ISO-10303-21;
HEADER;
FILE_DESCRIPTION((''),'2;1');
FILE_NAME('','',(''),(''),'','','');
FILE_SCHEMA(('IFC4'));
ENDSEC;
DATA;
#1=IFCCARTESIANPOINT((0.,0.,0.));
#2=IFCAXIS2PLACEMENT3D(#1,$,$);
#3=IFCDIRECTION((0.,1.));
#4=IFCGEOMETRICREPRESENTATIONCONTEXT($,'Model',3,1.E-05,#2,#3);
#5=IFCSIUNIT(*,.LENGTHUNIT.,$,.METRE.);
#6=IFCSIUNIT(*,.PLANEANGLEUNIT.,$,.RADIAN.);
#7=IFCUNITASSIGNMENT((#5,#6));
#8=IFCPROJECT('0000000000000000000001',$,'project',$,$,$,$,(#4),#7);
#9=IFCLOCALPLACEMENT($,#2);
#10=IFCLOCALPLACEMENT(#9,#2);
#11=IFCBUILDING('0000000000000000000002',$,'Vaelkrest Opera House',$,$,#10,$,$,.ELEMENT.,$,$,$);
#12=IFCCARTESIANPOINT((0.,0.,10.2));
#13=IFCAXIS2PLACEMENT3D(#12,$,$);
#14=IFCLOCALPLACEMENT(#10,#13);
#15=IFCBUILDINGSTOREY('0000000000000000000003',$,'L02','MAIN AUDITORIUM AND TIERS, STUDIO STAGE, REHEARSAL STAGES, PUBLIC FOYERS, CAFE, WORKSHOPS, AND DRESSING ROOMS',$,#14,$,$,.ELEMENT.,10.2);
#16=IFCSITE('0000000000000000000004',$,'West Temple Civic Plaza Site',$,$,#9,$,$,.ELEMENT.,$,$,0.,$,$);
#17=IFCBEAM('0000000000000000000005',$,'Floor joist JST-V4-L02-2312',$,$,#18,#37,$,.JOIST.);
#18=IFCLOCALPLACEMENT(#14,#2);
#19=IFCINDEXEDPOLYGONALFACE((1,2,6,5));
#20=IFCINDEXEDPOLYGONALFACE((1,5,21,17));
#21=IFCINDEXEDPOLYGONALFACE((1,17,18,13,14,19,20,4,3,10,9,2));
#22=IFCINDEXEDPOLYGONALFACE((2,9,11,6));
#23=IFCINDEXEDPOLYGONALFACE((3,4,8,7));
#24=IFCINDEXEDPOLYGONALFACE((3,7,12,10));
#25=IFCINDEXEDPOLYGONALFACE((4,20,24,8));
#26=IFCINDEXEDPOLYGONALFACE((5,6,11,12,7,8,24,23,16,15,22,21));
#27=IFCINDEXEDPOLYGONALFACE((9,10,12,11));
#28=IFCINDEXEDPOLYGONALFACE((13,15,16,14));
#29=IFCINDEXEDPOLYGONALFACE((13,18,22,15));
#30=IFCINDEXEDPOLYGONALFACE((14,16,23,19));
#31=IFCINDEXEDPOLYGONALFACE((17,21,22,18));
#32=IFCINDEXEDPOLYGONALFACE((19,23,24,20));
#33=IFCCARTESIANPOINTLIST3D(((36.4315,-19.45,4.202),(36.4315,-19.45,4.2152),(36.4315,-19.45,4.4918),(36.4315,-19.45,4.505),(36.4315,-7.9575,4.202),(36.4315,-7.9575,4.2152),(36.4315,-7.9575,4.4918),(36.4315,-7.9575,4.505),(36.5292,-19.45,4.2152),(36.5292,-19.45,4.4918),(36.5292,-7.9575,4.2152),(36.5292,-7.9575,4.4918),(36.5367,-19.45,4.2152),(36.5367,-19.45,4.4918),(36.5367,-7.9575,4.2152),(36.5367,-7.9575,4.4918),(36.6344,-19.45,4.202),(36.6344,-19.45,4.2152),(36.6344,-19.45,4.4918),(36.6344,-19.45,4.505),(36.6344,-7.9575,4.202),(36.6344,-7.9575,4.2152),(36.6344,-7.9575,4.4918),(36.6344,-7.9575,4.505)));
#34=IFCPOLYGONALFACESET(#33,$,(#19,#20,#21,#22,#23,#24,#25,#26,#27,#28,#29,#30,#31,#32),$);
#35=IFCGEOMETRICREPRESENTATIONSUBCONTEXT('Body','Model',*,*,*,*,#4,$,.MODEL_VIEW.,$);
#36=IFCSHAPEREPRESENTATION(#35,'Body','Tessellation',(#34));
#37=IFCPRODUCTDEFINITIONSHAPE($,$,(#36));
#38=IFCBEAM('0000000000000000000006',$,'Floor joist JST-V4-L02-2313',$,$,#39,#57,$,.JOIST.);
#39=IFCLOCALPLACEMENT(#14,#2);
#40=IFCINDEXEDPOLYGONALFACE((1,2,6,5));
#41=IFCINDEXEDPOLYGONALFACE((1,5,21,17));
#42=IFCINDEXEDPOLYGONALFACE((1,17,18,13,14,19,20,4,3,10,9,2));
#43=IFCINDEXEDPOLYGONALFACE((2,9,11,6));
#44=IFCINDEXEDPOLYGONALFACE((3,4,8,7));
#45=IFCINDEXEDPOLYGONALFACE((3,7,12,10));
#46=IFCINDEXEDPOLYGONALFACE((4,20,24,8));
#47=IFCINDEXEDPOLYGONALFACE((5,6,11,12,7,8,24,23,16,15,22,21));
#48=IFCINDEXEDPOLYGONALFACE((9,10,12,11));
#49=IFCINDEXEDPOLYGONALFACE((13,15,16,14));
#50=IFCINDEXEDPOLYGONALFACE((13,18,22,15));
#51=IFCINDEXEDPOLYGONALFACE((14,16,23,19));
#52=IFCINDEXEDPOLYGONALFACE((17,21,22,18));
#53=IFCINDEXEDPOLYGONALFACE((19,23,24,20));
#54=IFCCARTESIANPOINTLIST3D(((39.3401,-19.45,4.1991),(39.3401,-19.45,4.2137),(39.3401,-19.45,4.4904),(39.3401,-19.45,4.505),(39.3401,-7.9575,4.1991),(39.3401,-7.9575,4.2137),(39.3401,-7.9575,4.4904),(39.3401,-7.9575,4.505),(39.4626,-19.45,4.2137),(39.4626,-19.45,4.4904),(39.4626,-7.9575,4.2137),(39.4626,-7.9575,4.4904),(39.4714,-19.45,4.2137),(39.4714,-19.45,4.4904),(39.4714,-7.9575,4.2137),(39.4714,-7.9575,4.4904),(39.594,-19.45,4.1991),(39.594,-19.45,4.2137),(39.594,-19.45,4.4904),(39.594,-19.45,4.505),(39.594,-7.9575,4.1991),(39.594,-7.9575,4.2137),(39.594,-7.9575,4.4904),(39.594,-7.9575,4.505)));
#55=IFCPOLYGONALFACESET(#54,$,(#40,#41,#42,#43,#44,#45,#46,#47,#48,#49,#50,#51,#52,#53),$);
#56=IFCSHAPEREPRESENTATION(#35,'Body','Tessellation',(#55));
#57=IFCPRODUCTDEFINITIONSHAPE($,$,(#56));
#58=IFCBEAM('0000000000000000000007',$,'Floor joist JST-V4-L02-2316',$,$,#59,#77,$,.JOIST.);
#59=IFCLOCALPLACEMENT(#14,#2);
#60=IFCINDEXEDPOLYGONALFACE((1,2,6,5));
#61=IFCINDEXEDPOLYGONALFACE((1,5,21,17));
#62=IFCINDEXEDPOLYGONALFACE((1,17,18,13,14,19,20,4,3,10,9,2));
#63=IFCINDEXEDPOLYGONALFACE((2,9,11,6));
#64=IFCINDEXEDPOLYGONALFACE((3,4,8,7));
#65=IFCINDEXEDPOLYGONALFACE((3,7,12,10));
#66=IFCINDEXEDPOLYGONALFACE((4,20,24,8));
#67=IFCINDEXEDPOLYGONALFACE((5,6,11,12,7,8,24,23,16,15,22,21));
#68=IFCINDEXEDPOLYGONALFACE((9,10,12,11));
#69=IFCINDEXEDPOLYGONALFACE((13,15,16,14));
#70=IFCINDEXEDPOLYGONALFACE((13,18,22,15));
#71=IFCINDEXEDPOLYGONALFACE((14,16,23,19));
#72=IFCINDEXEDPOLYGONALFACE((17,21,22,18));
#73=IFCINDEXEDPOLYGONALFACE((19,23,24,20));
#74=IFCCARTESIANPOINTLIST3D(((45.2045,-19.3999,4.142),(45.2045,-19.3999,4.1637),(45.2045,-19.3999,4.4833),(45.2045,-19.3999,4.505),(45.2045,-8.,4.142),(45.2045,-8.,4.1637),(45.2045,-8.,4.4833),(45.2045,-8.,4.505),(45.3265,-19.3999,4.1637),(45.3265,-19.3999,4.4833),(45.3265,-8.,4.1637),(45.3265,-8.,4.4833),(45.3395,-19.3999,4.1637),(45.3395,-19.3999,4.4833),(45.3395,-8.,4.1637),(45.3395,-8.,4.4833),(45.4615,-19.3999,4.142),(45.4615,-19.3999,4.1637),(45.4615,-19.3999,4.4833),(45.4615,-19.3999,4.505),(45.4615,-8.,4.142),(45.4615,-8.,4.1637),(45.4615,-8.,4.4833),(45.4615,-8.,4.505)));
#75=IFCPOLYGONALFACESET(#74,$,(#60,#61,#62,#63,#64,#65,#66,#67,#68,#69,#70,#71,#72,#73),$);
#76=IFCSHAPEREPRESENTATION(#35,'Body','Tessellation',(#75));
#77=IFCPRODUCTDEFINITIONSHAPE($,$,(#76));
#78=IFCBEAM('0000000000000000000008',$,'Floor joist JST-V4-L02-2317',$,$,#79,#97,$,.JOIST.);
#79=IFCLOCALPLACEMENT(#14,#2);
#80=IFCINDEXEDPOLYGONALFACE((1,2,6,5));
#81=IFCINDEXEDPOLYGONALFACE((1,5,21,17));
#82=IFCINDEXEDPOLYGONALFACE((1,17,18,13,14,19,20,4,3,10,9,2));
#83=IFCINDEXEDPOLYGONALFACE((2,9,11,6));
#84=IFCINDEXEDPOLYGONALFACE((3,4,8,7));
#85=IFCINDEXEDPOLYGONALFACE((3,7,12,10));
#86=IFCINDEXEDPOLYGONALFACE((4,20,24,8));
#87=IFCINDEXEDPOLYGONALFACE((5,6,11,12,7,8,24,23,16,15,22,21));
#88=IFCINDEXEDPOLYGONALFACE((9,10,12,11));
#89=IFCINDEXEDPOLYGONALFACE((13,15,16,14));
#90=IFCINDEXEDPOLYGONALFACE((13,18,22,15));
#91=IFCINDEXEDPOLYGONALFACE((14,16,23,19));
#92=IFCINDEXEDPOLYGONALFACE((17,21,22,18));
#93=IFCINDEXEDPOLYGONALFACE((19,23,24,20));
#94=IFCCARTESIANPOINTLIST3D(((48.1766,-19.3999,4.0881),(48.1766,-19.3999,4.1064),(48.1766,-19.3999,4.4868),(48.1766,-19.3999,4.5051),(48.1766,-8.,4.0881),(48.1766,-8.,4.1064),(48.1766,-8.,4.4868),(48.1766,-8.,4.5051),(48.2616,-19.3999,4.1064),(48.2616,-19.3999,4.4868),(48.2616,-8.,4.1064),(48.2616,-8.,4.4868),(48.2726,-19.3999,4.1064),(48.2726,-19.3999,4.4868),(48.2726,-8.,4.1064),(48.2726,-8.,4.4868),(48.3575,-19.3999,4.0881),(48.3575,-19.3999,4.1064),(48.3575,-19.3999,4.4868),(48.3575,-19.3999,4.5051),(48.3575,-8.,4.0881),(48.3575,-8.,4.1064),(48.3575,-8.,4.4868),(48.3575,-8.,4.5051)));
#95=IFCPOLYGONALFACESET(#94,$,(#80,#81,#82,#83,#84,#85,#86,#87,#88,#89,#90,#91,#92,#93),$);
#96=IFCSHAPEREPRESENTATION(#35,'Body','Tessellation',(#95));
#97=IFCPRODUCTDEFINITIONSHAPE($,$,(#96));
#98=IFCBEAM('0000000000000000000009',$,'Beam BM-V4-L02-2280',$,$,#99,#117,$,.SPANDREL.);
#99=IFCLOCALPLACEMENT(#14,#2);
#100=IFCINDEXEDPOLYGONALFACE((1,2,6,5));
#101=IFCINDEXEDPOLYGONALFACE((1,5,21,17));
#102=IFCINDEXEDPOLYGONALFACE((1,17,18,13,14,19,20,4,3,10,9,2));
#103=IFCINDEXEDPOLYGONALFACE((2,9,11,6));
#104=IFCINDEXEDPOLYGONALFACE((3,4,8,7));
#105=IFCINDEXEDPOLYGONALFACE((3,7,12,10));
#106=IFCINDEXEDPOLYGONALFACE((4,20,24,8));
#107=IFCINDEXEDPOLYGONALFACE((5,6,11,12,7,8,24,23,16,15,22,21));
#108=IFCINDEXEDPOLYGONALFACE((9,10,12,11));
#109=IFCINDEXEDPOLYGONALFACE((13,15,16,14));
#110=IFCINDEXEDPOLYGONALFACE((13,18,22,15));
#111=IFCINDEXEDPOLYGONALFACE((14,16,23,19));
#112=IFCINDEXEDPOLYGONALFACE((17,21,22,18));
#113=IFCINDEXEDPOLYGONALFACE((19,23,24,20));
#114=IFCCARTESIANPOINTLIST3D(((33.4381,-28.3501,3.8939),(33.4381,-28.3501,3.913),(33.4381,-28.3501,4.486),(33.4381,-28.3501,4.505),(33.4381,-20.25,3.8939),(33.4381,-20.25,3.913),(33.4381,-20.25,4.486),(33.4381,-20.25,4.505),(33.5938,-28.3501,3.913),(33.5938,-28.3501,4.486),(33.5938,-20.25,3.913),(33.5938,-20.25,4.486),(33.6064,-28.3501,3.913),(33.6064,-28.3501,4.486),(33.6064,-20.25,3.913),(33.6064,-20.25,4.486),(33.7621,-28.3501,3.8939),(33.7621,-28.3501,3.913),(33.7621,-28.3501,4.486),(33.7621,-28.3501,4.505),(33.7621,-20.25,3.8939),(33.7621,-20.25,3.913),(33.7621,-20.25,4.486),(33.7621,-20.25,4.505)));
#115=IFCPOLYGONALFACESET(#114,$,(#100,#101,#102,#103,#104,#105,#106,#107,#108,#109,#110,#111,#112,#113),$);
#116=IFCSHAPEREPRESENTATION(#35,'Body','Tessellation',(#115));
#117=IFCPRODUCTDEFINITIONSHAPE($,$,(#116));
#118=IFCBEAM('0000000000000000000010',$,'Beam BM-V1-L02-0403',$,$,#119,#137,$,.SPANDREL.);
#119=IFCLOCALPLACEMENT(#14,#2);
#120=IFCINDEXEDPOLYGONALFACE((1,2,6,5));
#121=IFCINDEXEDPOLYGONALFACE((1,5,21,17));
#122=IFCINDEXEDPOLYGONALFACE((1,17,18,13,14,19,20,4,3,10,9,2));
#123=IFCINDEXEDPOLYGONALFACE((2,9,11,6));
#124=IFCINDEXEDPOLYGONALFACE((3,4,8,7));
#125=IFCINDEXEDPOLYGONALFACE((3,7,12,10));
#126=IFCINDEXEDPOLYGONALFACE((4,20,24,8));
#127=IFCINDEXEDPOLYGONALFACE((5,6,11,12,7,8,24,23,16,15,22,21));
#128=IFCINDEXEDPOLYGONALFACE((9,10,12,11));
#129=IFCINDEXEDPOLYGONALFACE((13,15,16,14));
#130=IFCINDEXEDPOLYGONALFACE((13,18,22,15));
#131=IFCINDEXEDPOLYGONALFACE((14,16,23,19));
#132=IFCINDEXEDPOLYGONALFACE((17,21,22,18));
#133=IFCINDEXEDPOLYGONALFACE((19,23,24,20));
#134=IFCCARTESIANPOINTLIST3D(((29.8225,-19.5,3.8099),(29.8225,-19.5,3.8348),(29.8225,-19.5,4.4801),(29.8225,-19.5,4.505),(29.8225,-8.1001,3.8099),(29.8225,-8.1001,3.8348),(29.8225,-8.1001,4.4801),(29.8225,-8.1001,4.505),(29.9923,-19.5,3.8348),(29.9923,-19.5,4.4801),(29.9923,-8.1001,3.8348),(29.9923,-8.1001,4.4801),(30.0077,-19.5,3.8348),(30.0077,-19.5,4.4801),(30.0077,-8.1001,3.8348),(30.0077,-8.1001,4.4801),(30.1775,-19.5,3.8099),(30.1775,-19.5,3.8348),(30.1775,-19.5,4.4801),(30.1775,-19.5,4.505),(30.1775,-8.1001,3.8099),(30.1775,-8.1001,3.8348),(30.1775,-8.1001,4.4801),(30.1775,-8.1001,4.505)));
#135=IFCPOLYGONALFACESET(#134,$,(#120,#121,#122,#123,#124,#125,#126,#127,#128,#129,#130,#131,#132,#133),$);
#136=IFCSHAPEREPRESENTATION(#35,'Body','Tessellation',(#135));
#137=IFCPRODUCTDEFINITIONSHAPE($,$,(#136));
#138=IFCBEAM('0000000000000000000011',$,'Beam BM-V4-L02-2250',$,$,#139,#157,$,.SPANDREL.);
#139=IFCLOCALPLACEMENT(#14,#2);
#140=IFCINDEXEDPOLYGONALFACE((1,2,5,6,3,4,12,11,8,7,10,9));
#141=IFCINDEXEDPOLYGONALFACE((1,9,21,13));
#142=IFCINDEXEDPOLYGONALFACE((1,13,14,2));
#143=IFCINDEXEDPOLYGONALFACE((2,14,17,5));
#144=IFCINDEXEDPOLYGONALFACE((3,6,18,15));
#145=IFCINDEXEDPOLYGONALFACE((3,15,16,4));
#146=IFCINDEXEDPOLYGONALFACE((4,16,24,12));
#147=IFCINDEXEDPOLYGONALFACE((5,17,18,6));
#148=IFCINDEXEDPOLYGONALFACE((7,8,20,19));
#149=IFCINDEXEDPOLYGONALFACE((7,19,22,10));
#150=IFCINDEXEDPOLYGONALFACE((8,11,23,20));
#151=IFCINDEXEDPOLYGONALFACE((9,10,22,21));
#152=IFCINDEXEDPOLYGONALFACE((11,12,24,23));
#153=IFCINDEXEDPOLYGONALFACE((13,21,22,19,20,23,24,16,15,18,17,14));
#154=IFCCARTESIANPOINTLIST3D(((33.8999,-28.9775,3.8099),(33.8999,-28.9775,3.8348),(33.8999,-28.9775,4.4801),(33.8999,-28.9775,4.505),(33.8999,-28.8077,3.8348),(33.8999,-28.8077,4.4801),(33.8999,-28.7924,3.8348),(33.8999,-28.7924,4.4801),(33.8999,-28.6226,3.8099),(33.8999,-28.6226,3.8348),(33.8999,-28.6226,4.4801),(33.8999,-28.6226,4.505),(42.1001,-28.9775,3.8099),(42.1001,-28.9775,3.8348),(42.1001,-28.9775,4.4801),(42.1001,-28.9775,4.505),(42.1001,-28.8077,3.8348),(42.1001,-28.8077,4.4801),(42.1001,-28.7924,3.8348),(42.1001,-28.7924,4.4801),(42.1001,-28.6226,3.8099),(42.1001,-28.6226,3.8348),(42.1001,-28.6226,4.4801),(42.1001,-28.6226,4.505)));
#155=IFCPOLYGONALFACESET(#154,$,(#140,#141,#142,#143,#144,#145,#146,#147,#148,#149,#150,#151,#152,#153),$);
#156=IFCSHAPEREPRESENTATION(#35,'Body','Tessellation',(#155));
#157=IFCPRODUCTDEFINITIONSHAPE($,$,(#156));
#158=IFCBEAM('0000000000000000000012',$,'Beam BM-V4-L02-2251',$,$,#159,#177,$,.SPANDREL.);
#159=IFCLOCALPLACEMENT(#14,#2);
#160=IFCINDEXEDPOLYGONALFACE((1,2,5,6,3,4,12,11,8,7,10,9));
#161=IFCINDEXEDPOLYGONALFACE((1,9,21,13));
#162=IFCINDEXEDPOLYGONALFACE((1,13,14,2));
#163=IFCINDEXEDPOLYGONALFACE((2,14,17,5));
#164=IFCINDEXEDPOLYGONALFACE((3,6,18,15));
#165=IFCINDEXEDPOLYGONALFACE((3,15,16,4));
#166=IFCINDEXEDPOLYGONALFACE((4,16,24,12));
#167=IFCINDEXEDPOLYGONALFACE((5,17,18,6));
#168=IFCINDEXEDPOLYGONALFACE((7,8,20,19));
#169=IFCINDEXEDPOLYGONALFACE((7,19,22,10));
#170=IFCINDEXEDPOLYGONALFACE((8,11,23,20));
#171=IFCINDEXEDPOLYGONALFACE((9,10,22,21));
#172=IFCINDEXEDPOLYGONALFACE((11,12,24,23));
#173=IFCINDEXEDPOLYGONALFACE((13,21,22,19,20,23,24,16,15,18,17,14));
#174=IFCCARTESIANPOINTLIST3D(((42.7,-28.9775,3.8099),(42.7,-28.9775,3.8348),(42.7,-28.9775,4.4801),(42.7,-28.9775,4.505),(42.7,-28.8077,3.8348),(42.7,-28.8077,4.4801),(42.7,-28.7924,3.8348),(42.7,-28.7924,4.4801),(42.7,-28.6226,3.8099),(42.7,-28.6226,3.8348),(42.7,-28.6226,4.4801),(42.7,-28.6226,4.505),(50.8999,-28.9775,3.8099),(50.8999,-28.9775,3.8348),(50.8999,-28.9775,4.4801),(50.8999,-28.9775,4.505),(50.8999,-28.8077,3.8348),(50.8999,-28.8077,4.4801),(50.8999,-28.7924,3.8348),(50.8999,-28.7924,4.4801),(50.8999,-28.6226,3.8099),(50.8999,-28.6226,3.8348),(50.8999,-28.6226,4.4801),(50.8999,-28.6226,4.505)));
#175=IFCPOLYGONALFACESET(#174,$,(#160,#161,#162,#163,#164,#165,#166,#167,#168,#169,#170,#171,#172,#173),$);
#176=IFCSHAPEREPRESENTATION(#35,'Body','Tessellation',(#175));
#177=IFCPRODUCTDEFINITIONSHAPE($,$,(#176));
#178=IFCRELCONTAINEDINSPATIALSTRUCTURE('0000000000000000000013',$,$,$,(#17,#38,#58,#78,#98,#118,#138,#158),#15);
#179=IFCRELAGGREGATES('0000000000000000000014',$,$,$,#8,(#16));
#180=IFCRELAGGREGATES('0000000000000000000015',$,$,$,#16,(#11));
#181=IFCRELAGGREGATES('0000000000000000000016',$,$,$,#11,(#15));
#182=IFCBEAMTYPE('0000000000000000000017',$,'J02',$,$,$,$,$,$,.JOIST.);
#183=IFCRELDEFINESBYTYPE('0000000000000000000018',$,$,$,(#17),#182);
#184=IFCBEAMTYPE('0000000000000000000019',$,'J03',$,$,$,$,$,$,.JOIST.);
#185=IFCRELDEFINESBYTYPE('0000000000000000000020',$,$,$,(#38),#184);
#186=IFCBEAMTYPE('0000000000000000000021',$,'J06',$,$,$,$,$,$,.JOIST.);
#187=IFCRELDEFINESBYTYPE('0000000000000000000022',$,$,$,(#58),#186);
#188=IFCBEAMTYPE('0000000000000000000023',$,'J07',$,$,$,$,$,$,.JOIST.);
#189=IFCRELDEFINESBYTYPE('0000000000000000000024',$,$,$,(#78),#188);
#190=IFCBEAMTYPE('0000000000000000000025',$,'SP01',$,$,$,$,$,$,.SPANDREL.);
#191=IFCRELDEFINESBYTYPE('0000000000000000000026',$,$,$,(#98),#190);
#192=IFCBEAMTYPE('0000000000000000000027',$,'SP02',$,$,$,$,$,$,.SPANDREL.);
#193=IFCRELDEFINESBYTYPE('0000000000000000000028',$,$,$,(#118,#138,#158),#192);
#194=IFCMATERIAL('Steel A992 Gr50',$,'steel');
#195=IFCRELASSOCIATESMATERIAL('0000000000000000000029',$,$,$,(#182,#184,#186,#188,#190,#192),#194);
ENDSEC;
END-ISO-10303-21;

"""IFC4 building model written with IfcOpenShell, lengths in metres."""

from ifc_helpers import new_model, si_unit, direction, frame, origin, origin_2d, place, context, subcontext, project, spatial, i_section, extrude, material, material_profile, profile_set, type_object, element, save


model = new_model("IFC4")

# Units and contexts
model_context = context("Model", 3, precision=1e-05, world=origin(), true_north=direction((0.0, 1.0)))
body_context = subcontext(model_context, "Body", "Model", "MODEL_VIEW")
ifc_project = project(units=[si_unit("LENGTHUNIT", "METRE"), si_unit("PLANEANGLEUNIT", "RADIAN")], contexts=[model_context])

# Site, building, storey
site_placement = place(None, origin())
site = spatial("IfcSite", under=ifc_project, at=site_placement, Name="West Temple Civic Plaza Site", CompositionType="ELEMENT", RefElevation=0.0)
building_placement = place(site_placement, origin())
building = spatial("IfcBuilding", under=site, at=building_placement, Name="Vaelkrest Opera House", CompositionType="ELEMENT")
storey_placement = place(building_placement, frame((0.0, 0.0, 10.2)))
storey = spatial("IfcBuildingStorey", under=building, at=storey_placement, Name="L02", Description="MAIN AUDITORIUM AND TIERS, STUDIO STAGE, REHEARSAL STAGES, PUBLIC FOYERS, CAFE, WORKSHOPS, AND DRESSING ROOMS", CompositionType="ELEMENT", Elevation=10.2)

# Shared definitions
ifc_material_1 = material(Name="Steel A992 Gr50", Category="steel")

# Beams
ifc_material_profile_1 = material_profile(ifc_material_1, i_section(OverallWidth=0.2029, OverallDepth=0.303, WebThickness=0.0076, FlangeThickness=0.0132, at=origin_2d()), Name="W12X40")
ifc_profile_set_1 = profile_set([ifc_material_profile_1], Name="Steel A992 Gr50")
beam_type_1 = type_object("IfcBeamType", Name="J02", PredefinedType="JOIST", material=ifc_profile_set_1)
beam_1_placement = place(storey_placement, frame((36.533, -19.45, 4.3535), z_axis=(0.0, 1.0, 0.0), x_axis=(-1.0, 0.0, 0.0)))
element("IfcBeam", 1, at=beam_1_placement, inside=storey, type_object=beam_type_1, Name="Floor joist JST-V4-L02-2312", PredefinedType="JOIST", context=body_context, shape_type="SweptSolid", body=[
    extrude(i_section(OverallWidth=0.2029, OverallDepth=0.303, WebThickness=0.0076, FlangeThickness=0.0132, at=origin_2d()), origin(), (0.0, 0.0, 1.0), 11.4924),
])
ifc_material_profile_2 = material_profile(ifc_material_1, i_section(OverallWidth=0.2539, OverallDepth=0.3059, WebThickness=0.0088, FlangeThickness=0.0146, at=origin_2d()), Name="W12X53")
ifc_profile_set_2 = profile_set([ifc_material_profile_2], Name="Steel A992 Gr50")
beam_type_2 = type_object("IfcBeamType", Name="J03", PredefinedType="JOIST", material=ifc_profile_set_2)
beam_2_placement = place(storey_placement, frame((39.467, -19.45, 4.3521), z_axis=(0.0, 1.0, 0.0), x_axis=(-1.0, 0.0, 0.0)))
element("IfcBeam", 2, at=beam_2_placement, inside=storey, type_object=beam_type_2, Name="Floor joist JST-V4-L02-2313", PredefinedType="JOIST", context=body_context, shape_type="SweptSolid", body=[
    extrude(i_section(OverallWidth=0.2539, OverallDepth=0.3059, WebThickness=0.0088, FlangeThickness=0.0146, at=origin_2d()), origin(), (0.0, 0.0, 1.0), 11.4924),
])
ifc_material_profile_3 = material_profile(ifc_material_1, i_section(OverallWidth=0.2571, OverallDepth=0.363, WebThickness=0.0129, FlangeThickness=0.0217, at=origin_2d()), Name="W14X82")
ifc_profile_set_3 = profile_set([ifc_material_profile_3], Name="Steel A992 Gr50")
beam_type_3 = type_object("IfcBeamType", Name="J06", PredefinedType="JOIST", material=ifc_profile_set_3)
beam_3_placement = place(storey_placement, frame((45.333, -19.3999, 4.3235), z_axis=(0.0, 1.0, 0.0), x_axis=(-1.0, 0.0, 0.0)))
element("IfcBeam", 3, at=beam_3_placement, inside=storey, type_object=beam_type_3, Name="Floor joist JST-V4-L02-2316", PredefinedType="JOIST", context=body_context, shape_type="SweptSolid", body=[
    extrude(i_section(OverallWidth=0.2571, OverallDepth=0.363, WebThickness=0.0129, FlangeThickness=0.0217, at=origin_2d()), origin(), (0.0, 0.0, 1.0), 11.3999),
])
ifc_material_profile_4 = material_profile(ifc_material_1, i_section(OverallWidth=0.1809, OverallDepth=0.417, WebThickness=0.011, FlangeThickness=0.0183, at=origin_2d()), Name="W16X57")
ifc_profile_set_4 = profile_set([ifc_material_profile_4], Name="Steel A992 Gr50")
beam_type_4 = type_object("IfcBeamType", Name="J07", PredefinedType="JOIST", material=ifc_profile_set_4)
beam_4_placement = place(storey_placement, frame((48.2671, -19.3999, 4.2966), z_axis=(0.0, 1.0, 0.0), x_axis=(-1.0, 0.0, 0.0)))
element("IfcBeam", 4, at=beam_4_placement, inside=storey, type_object=beam_type_4, Name="Floor joist JST-V4-L02-2317", PredefinedType="JOIST", context=body_context, shape_type="SweptSolid", body=[
    extrude(i_section(OverallWidth=0.1809, OverallDepth=0.417, WebThickness=0.011, FlangeThickness=0.0183, at=origin_2d()), origin(), (0.0, 0.0, 1.0), 11.3999),
])
ifc_material_profile_5 = material_profile(ifc_material_1, i_section(OverallWidth=0.324, OverallDepth=0.6111, WebThickness=0.0127, FlangeThickness=0.019, at=origin_2d()), Name="W24X104")
ifc_profile_set_5 = profile_set([ifc_material_profile_5], Name="Steel A992 Gr50")
beam_type_5 = type_object("IfcBeamType", Name="SP01", PredefinedType="SPANDREL", material=ifc_profile_set_5)
beam_5_placement = place(storey_placement, frame((33.6001, -28.3501, 4.1995), z_axis=(0.0, 1.0, 0.0), x_axis=(-1.0, 0.0, 0.0)))
element("IfcBeam", 5, at=beam_5_placement, inside=storey, type_object=beam_type_5, Name="Beam BM-V4-L02-2280", PredefinedType="SPANDREL", context=body_context, shape_type="SweptSolid", body=[
    extrude(i_section(OverallWidth=0.324, OverallDepth=0.6111, WebThickness=0.0127, FlangeThickness=0.019, at=origin_2d()), origin(), (0.0, 0.0, 1.0), 8.1001),
])
ifc_material_profile_6 = material_profile(ifc_material_1, i_section(OverallWidth=0.355, OverallDepth=0.6951, WebThickness=0.0154, FlangeThickness=0.0249, at=origin_2d()), Name="W27X146")
ifc_profile_set_6 = profile_set([ifc_material_profile_6], Name="Steel A992 Gr50")
beam_type_6 = type_object("IfcBeamType", Name="SP02", PredefinedType="SPANDREL", material=ifc_profile_set_6)
beam_6_placement = place(storey_placement, frame((30.0, -19.5, 4.1575), z_axis=(0.0, 1.0, 0.0), x_axis=(-1.0, 0.0, 0.0)))
element("IfcBeam", 6, at=beam_6_placement, inside=storey, type_object=beam_type_6, Name="Beam BM-V1-L02-0403", PredefinedType="SPANDREL", context=body_context, shape_type="SweptSolid", body=[
    extrude(i_section(OverallWidth=0.355, OverallDepth=0.6951, WebThickness=0.0154, FlangeThickness=0.0249, at=origin_2d()), origin(), (0.0, 0.0, 1.0), 11.3999),
])
beam_7_placement = place(storey_placement, frame((33.8999, -28.8, 4.1575), z_axis=(1.0, 0.0, 0.0), x_axis=(0.0, 1.0, 0.0)))
element("IfcBeam", 7, at=beam_7_placement, inside=storey, type_object=beam_type_6, Name="Beam BM-V4-L02-2250", PredefinedType="SPANDREL", context=body_context, shape_type="SweptSolid", body=[
    extrude(i_section(OverallWidth=0.355, OverallDepth=0.6951, WebThickness=0.0154, FlangeThickness=0.0249, at=origin_2d()), origin(), (0.0, 0.0, 1.0), 8.2002),
])
beam_8_placement = place(storey_placement, frame((42.7, -28.8, 4.1575), z_axis=(1.0, 0.0, 0.0), x_axis=(0.0, 1.0, 0.0)))
element("IfcBeam", 8, at=beam_8_placement, inside=storey, type_object=beam_type_6, Name="Beam BM-V4-L02-2251", PredefinedType="SPANDREL", context=body_context, shape_type="SweptSolid", body=[
    extrude(i_section(OverallWidth=0.355, OverallDepth=0.6951, WebThickness=0.0154, FlangeThickness=0.0249, at=origin_2d()), origin(), (0.0, 0.0, 1.0), 8.2),
])

save(model, "model.ifc")
